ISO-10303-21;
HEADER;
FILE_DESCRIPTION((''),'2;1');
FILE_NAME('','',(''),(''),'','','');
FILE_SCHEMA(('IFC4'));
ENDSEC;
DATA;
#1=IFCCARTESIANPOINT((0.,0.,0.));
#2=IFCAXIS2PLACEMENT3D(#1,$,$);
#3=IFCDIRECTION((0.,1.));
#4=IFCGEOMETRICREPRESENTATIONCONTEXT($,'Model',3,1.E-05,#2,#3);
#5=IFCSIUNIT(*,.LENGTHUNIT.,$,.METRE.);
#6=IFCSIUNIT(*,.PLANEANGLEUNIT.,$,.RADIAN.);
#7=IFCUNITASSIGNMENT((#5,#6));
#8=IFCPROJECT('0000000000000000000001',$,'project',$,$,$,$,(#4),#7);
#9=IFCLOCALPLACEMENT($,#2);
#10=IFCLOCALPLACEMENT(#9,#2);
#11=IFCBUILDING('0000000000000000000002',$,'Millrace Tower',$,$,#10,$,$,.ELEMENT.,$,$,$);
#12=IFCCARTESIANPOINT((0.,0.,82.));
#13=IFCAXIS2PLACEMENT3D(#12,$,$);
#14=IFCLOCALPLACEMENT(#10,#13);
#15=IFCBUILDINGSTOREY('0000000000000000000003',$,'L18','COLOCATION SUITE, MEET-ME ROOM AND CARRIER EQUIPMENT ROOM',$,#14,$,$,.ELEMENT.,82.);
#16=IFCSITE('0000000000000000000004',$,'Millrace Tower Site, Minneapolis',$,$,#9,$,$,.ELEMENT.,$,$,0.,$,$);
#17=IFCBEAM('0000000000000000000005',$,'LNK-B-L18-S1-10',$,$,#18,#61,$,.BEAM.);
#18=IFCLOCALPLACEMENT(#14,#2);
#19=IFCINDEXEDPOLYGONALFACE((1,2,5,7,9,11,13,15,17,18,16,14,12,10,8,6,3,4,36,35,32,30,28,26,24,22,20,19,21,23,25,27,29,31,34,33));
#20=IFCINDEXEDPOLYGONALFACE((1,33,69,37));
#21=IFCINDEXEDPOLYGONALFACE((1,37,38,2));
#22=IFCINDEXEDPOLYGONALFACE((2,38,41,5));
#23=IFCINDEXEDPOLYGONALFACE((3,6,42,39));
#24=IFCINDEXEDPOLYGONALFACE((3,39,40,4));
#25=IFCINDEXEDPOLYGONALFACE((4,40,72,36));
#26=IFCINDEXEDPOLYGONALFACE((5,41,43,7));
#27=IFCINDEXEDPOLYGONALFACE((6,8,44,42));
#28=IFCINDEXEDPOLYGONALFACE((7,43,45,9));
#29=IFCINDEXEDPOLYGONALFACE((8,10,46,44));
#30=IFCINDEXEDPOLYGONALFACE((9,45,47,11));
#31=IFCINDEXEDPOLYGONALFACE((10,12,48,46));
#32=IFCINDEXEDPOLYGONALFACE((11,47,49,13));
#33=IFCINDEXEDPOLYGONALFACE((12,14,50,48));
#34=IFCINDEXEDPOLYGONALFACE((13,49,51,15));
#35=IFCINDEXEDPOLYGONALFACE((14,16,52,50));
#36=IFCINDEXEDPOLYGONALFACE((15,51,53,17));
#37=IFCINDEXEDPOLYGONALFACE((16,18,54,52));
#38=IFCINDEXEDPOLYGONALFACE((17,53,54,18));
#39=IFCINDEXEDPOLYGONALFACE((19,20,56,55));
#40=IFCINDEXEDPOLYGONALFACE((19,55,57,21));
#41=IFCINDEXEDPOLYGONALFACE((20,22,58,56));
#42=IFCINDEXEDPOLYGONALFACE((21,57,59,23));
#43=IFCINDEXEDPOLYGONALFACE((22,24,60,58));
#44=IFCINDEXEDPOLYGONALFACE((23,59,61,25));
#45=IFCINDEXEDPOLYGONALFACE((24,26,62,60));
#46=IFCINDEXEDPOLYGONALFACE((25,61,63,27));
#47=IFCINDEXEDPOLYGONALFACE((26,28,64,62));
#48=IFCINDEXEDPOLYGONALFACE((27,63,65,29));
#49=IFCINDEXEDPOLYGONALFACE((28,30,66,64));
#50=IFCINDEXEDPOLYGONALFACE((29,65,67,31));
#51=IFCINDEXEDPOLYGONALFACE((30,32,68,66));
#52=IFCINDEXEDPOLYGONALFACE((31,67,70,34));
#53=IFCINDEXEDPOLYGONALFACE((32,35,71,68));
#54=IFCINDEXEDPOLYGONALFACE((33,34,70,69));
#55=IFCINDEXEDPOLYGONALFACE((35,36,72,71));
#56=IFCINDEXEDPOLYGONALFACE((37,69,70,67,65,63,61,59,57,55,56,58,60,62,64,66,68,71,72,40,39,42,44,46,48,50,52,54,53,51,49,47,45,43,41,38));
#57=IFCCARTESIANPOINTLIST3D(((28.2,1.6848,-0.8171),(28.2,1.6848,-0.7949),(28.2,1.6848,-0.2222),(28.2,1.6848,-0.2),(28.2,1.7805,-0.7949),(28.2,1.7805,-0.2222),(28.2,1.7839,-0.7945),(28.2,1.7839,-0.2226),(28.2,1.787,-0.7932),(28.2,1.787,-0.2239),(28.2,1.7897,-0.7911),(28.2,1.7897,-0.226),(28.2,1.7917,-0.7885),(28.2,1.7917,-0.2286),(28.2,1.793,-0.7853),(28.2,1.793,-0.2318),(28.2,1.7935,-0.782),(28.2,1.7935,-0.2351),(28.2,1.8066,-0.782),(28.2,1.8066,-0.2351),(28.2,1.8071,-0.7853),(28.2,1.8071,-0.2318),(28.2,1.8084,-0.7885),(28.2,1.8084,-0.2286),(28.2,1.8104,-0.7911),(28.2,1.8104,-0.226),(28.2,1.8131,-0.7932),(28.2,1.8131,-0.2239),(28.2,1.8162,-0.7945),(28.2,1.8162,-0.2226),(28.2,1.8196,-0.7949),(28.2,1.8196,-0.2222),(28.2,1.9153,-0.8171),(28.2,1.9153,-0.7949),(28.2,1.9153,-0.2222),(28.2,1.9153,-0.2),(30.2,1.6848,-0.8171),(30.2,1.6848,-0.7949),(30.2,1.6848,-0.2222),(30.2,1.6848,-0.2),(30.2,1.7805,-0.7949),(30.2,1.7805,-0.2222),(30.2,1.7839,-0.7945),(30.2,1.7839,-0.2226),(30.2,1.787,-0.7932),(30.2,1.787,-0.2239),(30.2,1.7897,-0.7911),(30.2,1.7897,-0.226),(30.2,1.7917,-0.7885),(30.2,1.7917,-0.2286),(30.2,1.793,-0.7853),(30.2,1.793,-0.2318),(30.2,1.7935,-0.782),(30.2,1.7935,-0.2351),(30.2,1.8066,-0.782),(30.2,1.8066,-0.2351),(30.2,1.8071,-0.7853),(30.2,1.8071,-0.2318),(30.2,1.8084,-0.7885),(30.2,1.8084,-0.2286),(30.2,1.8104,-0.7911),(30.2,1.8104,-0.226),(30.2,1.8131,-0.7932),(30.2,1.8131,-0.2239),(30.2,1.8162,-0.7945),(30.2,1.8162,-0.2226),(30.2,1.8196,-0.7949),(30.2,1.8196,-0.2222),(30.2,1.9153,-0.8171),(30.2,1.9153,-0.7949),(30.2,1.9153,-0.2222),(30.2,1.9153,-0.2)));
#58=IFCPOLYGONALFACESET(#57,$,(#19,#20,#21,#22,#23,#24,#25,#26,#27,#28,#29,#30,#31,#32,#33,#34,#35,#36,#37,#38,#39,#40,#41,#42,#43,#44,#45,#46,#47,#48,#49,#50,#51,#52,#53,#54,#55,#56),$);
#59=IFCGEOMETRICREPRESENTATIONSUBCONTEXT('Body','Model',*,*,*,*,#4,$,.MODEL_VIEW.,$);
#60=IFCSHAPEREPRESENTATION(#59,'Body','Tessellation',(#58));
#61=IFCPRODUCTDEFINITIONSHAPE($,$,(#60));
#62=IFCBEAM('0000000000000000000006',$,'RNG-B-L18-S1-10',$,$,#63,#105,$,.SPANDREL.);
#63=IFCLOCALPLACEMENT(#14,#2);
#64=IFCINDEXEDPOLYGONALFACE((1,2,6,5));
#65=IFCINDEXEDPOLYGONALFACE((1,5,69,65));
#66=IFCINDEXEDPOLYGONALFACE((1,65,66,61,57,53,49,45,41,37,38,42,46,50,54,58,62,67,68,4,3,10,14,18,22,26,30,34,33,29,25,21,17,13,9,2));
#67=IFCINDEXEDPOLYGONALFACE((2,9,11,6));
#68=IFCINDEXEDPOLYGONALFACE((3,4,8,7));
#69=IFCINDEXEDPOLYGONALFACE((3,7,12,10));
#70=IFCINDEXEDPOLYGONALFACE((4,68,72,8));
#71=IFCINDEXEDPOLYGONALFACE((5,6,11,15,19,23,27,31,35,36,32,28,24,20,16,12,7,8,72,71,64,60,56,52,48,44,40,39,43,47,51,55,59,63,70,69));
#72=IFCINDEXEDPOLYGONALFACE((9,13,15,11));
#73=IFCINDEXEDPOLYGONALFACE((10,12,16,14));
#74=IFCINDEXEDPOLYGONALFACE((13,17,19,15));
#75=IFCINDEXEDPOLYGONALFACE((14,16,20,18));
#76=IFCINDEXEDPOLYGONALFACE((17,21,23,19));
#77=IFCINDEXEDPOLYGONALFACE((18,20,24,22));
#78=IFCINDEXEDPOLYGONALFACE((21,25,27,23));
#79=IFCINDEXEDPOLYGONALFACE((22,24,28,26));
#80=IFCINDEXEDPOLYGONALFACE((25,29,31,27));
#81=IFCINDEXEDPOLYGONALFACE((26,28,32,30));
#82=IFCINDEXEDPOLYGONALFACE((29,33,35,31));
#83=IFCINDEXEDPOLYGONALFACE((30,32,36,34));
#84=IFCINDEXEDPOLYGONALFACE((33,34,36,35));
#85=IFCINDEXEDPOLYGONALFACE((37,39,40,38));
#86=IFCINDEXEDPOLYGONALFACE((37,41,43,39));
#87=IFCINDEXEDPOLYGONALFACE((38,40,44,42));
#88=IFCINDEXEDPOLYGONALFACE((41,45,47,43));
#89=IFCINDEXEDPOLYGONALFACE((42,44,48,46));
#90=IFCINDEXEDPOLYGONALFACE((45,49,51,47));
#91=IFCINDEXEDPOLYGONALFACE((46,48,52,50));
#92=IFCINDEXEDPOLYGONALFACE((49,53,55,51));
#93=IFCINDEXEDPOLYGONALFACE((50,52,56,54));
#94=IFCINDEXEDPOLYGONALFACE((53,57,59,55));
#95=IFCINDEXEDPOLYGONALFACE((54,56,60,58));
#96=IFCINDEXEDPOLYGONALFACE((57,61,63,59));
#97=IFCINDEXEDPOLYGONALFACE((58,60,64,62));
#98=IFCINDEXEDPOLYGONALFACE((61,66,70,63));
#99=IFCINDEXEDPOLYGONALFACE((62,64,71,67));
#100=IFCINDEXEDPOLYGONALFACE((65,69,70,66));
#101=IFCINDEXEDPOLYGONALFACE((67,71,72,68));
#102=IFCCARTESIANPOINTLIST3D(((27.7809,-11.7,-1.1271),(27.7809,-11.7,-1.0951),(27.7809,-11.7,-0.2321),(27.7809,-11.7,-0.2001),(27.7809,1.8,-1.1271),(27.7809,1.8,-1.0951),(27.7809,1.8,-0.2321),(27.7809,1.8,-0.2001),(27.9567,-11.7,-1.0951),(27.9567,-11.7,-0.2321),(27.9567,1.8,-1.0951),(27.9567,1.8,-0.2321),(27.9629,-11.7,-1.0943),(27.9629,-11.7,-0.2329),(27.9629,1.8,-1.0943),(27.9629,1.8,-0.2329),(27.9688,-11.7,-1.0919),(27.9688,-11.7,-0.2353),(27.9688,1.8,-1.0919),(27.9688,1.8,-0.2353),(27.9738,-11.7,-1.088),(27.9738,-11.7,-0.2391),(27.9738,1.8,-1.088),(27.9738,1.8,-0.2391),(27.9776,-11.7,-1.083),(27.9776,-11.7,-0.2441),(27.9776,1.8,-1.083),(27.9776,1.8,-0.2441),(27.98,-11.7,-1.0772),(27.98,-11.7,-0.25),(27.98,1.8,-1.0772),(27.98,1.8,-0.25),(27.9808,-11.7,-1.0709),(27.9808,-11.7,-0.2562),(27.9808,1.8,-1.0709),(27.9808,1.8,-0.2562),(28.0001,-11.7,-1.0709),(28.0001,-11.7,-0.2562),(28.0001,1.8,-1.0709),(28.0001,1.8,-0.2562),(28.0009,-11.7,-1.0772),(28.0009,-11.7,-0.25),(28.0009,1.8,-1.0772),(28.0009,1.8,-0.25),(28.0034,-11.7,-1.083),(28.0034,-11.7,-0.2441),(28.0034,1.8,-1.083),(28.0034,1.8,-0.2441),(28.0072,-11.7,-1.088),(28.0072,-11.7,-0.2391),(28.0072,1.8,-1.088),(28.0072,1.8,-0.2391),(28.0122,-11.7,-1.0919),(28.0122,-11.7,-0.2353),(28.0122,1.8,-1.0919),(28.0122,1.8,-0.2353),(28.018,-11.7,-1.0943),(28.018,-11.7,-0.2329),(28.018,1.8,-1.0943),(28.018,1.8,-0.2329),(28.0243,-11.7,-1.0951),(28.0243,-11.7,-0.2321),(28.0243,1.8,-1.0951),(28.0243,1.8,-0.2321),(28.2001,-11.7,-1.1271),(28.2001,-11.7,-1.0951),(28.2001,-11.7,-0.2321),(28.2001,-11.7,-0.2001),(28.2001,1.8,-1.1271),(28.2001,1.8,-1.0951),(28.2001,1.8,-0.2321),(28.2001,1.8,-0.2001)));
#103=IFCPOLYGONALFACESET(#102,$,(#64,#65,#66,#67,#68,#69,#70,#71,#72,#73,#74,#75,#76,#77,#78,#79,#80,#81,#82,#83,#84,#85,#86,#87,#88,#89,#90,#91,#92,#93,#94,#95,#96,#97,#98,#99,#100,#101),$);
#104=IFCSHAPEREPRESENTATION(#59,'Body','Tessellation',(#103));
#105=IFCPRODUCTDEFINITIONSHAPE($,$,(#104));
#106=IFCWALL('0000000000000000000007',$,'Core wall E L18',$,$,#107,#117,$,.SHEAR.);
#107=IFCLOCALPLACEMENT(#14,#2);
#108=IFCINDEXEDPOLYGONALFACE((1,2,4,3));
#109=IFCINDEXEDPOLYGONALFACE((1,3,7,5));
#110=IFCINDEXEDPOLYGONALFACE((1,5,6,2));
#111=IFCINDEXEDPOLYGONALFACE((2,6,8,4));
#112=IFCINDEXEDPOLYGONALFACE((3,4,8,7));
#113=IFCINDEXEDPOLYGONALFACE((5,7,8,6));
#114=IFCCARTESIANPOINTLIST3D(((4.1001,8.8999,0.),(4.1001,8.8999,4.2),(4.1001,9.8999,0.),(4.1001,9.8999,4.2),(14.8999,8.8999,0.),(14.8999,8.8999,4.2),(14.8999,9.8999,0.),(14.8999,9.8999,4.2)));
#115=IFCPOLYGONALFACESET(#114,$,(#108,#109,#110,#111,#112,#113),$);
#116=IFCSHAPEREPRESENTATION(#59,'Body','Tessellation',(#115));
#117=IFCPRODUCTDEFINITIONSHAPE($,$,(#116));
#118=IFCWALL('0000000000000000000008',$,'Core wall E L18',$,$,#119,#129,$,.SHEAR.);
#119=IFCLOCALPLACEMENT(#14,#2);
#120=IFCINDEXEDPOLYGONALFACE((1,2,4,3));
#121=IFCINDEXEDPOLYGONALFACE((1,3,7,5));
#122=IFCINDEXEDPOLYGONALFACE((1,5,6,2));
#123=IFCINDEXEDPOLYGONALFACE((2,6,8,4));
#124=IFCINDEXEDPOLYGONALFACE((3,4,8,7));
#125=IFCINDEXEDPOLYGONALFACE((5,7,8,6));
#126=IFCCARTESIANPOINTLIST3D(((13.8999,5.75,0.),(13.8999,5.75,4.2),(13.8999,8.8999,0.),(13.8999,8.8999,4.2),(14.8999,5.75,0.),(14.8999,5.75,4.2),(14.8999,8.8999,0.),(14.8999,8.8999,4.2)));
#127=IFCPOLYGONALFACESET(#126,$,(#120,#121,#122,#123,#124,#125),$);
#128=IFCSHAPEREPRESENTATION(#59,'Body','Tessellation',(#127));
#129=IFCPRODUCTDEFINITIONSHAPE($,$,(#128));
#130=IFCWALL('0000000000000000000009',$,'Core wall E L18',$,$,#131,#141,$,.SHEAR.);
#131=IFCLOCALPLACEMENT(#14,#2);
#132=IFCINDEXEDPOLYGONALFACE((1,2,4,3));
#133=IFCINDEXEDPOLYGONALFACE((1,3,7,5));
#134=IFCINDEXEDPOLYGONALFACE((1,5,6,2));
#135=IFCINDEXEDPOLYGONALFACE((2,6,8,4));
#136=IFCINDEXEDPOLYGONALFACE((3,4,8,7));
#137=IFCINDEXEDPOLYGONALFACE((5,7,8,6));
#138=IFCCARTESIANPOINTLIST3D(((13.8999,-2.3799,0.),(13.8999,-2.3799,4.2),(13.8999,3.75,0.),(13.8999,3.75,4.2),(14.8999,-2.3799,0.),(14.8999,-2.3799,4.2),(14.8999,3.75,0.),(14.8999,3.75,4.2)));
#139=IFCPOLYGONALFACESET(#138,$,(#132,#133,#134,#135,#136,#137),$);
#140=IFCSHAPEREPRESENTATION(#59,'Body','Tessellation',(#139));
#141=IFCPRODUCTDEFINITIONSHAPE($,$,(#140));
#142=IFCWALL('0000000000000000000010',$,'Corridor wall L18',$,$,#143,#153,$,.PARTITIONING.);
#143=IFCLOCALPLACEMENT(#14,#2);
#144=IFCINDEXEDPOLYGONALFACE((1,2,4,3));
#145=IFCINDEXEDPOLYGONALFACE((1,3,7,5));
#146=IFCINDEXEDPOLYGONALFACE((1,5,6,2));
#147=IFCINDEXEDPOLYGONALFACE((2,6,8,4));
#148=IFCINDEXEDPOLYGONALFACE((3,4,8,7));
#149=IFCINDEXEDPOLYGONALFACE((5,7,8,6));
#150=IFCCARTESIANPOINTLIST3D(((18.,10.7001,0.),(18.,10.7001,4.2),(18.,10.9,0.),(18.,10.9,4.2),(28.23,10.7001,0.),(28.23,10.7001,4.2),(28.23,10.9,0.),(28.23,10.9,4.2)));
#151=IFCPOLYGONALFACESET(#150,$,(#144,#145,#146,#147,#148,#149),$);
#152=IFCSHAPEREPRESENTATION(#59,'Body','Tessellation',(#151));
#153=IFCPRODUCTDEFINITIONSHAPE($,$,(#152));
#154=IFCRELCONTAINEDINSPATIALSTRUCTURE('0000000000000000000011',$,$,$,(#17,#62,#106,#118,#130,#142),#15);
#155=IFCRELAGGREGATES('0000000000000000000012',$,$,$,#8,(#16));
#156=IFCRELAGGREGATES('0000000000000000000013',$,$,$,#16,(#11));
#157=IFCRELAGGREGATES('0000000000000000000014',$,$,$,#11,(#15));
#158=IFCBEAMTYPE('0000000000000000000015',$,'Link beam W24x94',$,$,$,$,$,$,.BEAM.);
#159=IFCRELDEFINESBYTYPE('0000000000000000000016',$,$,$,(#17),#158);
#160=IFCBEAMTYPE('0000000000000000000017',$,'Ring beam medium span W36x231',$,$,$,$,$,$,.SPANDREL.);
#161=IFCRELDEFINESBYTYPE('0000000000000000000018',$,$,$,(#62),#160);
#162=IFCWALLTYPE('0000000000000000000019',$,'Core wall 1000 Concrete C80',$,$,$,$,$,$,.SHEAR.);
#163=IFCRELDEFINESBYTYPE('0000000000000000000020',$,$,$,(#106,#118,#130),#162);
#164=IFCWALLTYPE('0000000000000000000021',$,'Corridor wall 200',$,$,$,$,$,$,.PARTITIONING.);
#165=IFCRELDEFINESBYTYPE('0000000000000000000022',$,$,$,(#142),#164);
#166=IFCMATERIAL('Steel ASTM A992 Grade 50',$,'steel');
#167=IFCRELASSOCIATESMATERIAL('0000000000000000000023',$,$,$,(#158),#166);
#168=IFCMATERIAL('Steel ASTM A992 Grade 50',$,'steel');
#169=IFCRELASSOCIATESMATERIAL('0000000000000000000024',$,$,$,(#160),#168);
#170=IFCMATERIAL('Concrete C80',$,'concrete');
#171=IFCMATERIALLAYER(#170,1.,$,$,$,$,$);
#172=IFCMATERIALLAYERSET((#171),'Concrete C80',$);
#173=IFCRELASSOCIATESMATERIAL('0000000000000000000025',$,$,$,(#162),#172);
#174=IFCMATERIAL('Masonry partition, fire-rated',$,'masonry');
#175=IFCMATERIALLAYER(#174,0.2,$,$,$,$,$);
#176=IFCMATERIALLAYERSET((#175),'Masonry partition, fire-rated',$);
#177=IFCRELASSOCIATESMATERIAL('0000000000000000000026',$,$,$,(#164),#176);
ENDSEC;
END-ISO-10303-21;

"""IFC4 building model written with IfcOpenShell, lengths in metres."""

from ifc_helpers import new_model, si_unit, direction, frame, frame_2d, origin, origin_2d, place, context, subcontext, project, spatial, rectangle, i_section, extrude, material, layer, layer_set, material_profile, profile_set, type_object, element, save


model = new_model("IFC4")

# Units and contexts
model_context = context("Model", 3, precision=1e-05, world=origin(), true_north=direction((0.0, 1.0)))
body_context = subcontext(model_context, "Body", "Model", "MODEL_VIEW")
ifc_project = project(units=[si_unit("LENGTHUNIT", "METRE"), si_unit("PLANEANGLEUNIT", "RADIAN")], contexts=[model_context])

# Site, building, storey
site_placement = place(None, origin())
site = spatial("IfcSite", under=ifc_project, at=site_placement, Name="Millrace Tower Site, Minneapolis", CompositionType="ELEMENT", RefElevation=0.0)
building_placement = place(site_placement, origin())
building = spatial("IfcBuilding", under=site, at=building_placement, Name="Millrace Tower", CompositionType="ELEMENT")
storey_placement = place(building_placement, frame((0.0, 0.0, 82.0)))
storey = spatial("IfcBuildingStorey", under=building, at=storey_placement, Name="L18", Description="COLOCATION SUITE, MEET-ME ROOM AND CARRIER EQUIPMENT ROOM", CompositionType="ELEMENT", Elevation=82.0)

# Beams
ifc_material_1 = material(Name="Steel ASTM A992 Grade 50", Category="steel")
ifc_material_profile_1 = material_profile(ifc_material_1, i_section(OverallWidth=0.2305, OverallDepth=0.6172, WebThickness=0.0132, FlangeThickness=0.0222, FilletRadius=0.0129, at=origin_2d()))
ifc_profile_set_1 = profile_set([ifc_material_profile_1], Name="Steel ASTM A992 Grade 50")
beam_type_1 = type_object("IfcBeamType", Name="Link beam W24x94", PredefinedType="BEAM", material=ifc_profile_set_1)
beam_1_placement = place(storey_placement, frame((28.2, 1.8, -0.5085), z_axis=(1.0, 0.0, 0.0), x_axis=(0.0, 1.0, 0.0)))
element("IfcBeam", 1, at=beam_1_placement, inside=storey, type_object=beam_type_1, Name="LNK-B-L18-S1-10", PredefinedType="BEAM", context=body_context, shape_type="SweptSolid", body=[
    extrude(i_section(OverallWidth=0.2305, OverallDepth=0.6172, WebThickness=0.0132, FlangeThickness=0.0222, FilletRadius=0.0129, at=origin_2d()), origin(), (0.0, 0.0, 1.0), 2.0),
])
ifc_material_2 = material(Name="Steel ASTM A992 Grade 50", Category="steel")
ifc_material_profile_2 = material_profile(ifc_material_2, i_section(OverallWidth=0.4192, OverallDepth=0.927, WebThickness=0.0193, FlangeThickness=0.032, FilletRadius=0.0242, at=origin_2d()))
ifc_profile_set_2 = profile_set([ifc_material_profile_2], Name="Steel ASTM A992 Grade 50")
beam_type_2 = type_object("IfcBeamType", Name="Ring beam medium span W36x231", PredefinedType="SPANDREL", material=ifc_profile_set_2)
beam_2_placement = place(storey_placement, frame((27.9905, 1.8, -0.6636), z_axis=(0.0, -1.0, 0.0), x_axis=(1.0, 0.0, 0.0)))
element("IfcBeam", 2, at=beam_2_placement, inside=storey, type_object=beam_type_2, Name="RNG-B-L18-S1-10", PredefinedType="SPANDREL", context=body_context, shape_type="SweptSolid", body=[
    extrude(i_section(OverallWidth=0.4192, OverallDepth=0.927, WebThickness=0.0193, FlangeThickness=0.032, FilletRadius=0.0242, at=origin_2d()), origin(), (0.0, 0.0, 1.0), 13.5),
])

# Walls
ifc_material_3 = material(Name="Concrete C80", Category="concrete")
ifc_layer_1 = layer(ifc_material_3, 1.0)
ifc_layer_set_1 = layer_set([ifc_layer_1], Name="Concrete C80")
wall_type_1 = type_object("IfcWallType", Name="Core wall 1000 Concrete C80", PredefinedType="SHEAR", material=ifc_layer_set_1)
wall_1_placement = place(storey_placement, frame((14.8999, 9.3999, 0.0), z_axis=(0.0, 0.0, 1.0), x_axis=(-1.0, 0.0, 0.0)))
element("IfcWall", 3, at=wall_1_placement, inside=storey, type_object=wall_type_1, Name="Core wall E L18", PredefinedType="SHEAR", context=body_context, shape_type="SweptSolid", body=[
    extrude(rectangle(XDim=10.7998, YDim=1.0, at=frame_2d((5.3999, 0.0))), origin(), (0.0, 0.0, 1.0), 4.2),
])
wall_2_placement = place(storey_placement, frame((14.3999, 8.8999, 0.0), z_axis=(0.0, 0.0, 1.0), x_axis=(0.0, -1.0, 0.0)))
element("IfcWall", 4, at=wall_2_placement, inside=storey, type_object=wall_type_1, Name="Core wall E L18", PredefinedType="SHEAR", context=body_context, shape_type="SweptSolid", body=[
    extrude(rectangle(XDim=3.1499, YDim=1.0, at=frame_2d((1.575, 0.0))), origin(), (0.0, 0.0, 1.0), 4.2),
])
wall_3_placement = place(storey_placement, frame((14.3999, 3.75, 0.0), z_axis=(0.0, 0.0, 1.0), x_axis=(0.0, -1.0, 0.0)))
element("IfcWall", 5, at=wall_3_placement, inside=storey, type_object=wall_type_1, Name="Core wall E L18", PredefinedType="SHEAR", context=body_context, shape_type="SweptSolid", body=[
    extrude(rectangle(XDim=6.1299, YDim=1.0, at=frame_2d((3.0649, 0.0))), origin(), (0.0, 0.0, 1.0), 4.2),
])
ifc_material_4 = material(Name="Masonry partition, fire-rated", Category="masonry")
ifc_layer_2 = layer(ifc_material_4, 0.2)
ifc_layer_set_2 = layer_set([ifc_layer_2], Name="Masonry partition, fire-rated")
wall_type_2 = type_object("IfcWallType", Name="Corridor wall 200", PredefinedType="PARTITIONING", material=ifc_layer_set_2)
wall_4_placement = place(storey_placement, frame((18.0, 10.8, 0.0), z_axis=(0.0, 0.0, 1.0), x_axis=(1.0, 0.0, 0.0)))
element("IfcWall", 6, at=wall_4_placement, inside=storey, type_object=wall_type_2, Name="Corridor wall L18", PredefinedType="PARTITIONING", context=body_context, shape_type="SweptSolid", body=[
    extrude(rectangle(XDim=10.23, YDim=0.2, at=frame_2d((5.115, 0.0))), origin(), (0.0, 0.0, 1.0), 4.2),
])

save(model, "model.ifc")
